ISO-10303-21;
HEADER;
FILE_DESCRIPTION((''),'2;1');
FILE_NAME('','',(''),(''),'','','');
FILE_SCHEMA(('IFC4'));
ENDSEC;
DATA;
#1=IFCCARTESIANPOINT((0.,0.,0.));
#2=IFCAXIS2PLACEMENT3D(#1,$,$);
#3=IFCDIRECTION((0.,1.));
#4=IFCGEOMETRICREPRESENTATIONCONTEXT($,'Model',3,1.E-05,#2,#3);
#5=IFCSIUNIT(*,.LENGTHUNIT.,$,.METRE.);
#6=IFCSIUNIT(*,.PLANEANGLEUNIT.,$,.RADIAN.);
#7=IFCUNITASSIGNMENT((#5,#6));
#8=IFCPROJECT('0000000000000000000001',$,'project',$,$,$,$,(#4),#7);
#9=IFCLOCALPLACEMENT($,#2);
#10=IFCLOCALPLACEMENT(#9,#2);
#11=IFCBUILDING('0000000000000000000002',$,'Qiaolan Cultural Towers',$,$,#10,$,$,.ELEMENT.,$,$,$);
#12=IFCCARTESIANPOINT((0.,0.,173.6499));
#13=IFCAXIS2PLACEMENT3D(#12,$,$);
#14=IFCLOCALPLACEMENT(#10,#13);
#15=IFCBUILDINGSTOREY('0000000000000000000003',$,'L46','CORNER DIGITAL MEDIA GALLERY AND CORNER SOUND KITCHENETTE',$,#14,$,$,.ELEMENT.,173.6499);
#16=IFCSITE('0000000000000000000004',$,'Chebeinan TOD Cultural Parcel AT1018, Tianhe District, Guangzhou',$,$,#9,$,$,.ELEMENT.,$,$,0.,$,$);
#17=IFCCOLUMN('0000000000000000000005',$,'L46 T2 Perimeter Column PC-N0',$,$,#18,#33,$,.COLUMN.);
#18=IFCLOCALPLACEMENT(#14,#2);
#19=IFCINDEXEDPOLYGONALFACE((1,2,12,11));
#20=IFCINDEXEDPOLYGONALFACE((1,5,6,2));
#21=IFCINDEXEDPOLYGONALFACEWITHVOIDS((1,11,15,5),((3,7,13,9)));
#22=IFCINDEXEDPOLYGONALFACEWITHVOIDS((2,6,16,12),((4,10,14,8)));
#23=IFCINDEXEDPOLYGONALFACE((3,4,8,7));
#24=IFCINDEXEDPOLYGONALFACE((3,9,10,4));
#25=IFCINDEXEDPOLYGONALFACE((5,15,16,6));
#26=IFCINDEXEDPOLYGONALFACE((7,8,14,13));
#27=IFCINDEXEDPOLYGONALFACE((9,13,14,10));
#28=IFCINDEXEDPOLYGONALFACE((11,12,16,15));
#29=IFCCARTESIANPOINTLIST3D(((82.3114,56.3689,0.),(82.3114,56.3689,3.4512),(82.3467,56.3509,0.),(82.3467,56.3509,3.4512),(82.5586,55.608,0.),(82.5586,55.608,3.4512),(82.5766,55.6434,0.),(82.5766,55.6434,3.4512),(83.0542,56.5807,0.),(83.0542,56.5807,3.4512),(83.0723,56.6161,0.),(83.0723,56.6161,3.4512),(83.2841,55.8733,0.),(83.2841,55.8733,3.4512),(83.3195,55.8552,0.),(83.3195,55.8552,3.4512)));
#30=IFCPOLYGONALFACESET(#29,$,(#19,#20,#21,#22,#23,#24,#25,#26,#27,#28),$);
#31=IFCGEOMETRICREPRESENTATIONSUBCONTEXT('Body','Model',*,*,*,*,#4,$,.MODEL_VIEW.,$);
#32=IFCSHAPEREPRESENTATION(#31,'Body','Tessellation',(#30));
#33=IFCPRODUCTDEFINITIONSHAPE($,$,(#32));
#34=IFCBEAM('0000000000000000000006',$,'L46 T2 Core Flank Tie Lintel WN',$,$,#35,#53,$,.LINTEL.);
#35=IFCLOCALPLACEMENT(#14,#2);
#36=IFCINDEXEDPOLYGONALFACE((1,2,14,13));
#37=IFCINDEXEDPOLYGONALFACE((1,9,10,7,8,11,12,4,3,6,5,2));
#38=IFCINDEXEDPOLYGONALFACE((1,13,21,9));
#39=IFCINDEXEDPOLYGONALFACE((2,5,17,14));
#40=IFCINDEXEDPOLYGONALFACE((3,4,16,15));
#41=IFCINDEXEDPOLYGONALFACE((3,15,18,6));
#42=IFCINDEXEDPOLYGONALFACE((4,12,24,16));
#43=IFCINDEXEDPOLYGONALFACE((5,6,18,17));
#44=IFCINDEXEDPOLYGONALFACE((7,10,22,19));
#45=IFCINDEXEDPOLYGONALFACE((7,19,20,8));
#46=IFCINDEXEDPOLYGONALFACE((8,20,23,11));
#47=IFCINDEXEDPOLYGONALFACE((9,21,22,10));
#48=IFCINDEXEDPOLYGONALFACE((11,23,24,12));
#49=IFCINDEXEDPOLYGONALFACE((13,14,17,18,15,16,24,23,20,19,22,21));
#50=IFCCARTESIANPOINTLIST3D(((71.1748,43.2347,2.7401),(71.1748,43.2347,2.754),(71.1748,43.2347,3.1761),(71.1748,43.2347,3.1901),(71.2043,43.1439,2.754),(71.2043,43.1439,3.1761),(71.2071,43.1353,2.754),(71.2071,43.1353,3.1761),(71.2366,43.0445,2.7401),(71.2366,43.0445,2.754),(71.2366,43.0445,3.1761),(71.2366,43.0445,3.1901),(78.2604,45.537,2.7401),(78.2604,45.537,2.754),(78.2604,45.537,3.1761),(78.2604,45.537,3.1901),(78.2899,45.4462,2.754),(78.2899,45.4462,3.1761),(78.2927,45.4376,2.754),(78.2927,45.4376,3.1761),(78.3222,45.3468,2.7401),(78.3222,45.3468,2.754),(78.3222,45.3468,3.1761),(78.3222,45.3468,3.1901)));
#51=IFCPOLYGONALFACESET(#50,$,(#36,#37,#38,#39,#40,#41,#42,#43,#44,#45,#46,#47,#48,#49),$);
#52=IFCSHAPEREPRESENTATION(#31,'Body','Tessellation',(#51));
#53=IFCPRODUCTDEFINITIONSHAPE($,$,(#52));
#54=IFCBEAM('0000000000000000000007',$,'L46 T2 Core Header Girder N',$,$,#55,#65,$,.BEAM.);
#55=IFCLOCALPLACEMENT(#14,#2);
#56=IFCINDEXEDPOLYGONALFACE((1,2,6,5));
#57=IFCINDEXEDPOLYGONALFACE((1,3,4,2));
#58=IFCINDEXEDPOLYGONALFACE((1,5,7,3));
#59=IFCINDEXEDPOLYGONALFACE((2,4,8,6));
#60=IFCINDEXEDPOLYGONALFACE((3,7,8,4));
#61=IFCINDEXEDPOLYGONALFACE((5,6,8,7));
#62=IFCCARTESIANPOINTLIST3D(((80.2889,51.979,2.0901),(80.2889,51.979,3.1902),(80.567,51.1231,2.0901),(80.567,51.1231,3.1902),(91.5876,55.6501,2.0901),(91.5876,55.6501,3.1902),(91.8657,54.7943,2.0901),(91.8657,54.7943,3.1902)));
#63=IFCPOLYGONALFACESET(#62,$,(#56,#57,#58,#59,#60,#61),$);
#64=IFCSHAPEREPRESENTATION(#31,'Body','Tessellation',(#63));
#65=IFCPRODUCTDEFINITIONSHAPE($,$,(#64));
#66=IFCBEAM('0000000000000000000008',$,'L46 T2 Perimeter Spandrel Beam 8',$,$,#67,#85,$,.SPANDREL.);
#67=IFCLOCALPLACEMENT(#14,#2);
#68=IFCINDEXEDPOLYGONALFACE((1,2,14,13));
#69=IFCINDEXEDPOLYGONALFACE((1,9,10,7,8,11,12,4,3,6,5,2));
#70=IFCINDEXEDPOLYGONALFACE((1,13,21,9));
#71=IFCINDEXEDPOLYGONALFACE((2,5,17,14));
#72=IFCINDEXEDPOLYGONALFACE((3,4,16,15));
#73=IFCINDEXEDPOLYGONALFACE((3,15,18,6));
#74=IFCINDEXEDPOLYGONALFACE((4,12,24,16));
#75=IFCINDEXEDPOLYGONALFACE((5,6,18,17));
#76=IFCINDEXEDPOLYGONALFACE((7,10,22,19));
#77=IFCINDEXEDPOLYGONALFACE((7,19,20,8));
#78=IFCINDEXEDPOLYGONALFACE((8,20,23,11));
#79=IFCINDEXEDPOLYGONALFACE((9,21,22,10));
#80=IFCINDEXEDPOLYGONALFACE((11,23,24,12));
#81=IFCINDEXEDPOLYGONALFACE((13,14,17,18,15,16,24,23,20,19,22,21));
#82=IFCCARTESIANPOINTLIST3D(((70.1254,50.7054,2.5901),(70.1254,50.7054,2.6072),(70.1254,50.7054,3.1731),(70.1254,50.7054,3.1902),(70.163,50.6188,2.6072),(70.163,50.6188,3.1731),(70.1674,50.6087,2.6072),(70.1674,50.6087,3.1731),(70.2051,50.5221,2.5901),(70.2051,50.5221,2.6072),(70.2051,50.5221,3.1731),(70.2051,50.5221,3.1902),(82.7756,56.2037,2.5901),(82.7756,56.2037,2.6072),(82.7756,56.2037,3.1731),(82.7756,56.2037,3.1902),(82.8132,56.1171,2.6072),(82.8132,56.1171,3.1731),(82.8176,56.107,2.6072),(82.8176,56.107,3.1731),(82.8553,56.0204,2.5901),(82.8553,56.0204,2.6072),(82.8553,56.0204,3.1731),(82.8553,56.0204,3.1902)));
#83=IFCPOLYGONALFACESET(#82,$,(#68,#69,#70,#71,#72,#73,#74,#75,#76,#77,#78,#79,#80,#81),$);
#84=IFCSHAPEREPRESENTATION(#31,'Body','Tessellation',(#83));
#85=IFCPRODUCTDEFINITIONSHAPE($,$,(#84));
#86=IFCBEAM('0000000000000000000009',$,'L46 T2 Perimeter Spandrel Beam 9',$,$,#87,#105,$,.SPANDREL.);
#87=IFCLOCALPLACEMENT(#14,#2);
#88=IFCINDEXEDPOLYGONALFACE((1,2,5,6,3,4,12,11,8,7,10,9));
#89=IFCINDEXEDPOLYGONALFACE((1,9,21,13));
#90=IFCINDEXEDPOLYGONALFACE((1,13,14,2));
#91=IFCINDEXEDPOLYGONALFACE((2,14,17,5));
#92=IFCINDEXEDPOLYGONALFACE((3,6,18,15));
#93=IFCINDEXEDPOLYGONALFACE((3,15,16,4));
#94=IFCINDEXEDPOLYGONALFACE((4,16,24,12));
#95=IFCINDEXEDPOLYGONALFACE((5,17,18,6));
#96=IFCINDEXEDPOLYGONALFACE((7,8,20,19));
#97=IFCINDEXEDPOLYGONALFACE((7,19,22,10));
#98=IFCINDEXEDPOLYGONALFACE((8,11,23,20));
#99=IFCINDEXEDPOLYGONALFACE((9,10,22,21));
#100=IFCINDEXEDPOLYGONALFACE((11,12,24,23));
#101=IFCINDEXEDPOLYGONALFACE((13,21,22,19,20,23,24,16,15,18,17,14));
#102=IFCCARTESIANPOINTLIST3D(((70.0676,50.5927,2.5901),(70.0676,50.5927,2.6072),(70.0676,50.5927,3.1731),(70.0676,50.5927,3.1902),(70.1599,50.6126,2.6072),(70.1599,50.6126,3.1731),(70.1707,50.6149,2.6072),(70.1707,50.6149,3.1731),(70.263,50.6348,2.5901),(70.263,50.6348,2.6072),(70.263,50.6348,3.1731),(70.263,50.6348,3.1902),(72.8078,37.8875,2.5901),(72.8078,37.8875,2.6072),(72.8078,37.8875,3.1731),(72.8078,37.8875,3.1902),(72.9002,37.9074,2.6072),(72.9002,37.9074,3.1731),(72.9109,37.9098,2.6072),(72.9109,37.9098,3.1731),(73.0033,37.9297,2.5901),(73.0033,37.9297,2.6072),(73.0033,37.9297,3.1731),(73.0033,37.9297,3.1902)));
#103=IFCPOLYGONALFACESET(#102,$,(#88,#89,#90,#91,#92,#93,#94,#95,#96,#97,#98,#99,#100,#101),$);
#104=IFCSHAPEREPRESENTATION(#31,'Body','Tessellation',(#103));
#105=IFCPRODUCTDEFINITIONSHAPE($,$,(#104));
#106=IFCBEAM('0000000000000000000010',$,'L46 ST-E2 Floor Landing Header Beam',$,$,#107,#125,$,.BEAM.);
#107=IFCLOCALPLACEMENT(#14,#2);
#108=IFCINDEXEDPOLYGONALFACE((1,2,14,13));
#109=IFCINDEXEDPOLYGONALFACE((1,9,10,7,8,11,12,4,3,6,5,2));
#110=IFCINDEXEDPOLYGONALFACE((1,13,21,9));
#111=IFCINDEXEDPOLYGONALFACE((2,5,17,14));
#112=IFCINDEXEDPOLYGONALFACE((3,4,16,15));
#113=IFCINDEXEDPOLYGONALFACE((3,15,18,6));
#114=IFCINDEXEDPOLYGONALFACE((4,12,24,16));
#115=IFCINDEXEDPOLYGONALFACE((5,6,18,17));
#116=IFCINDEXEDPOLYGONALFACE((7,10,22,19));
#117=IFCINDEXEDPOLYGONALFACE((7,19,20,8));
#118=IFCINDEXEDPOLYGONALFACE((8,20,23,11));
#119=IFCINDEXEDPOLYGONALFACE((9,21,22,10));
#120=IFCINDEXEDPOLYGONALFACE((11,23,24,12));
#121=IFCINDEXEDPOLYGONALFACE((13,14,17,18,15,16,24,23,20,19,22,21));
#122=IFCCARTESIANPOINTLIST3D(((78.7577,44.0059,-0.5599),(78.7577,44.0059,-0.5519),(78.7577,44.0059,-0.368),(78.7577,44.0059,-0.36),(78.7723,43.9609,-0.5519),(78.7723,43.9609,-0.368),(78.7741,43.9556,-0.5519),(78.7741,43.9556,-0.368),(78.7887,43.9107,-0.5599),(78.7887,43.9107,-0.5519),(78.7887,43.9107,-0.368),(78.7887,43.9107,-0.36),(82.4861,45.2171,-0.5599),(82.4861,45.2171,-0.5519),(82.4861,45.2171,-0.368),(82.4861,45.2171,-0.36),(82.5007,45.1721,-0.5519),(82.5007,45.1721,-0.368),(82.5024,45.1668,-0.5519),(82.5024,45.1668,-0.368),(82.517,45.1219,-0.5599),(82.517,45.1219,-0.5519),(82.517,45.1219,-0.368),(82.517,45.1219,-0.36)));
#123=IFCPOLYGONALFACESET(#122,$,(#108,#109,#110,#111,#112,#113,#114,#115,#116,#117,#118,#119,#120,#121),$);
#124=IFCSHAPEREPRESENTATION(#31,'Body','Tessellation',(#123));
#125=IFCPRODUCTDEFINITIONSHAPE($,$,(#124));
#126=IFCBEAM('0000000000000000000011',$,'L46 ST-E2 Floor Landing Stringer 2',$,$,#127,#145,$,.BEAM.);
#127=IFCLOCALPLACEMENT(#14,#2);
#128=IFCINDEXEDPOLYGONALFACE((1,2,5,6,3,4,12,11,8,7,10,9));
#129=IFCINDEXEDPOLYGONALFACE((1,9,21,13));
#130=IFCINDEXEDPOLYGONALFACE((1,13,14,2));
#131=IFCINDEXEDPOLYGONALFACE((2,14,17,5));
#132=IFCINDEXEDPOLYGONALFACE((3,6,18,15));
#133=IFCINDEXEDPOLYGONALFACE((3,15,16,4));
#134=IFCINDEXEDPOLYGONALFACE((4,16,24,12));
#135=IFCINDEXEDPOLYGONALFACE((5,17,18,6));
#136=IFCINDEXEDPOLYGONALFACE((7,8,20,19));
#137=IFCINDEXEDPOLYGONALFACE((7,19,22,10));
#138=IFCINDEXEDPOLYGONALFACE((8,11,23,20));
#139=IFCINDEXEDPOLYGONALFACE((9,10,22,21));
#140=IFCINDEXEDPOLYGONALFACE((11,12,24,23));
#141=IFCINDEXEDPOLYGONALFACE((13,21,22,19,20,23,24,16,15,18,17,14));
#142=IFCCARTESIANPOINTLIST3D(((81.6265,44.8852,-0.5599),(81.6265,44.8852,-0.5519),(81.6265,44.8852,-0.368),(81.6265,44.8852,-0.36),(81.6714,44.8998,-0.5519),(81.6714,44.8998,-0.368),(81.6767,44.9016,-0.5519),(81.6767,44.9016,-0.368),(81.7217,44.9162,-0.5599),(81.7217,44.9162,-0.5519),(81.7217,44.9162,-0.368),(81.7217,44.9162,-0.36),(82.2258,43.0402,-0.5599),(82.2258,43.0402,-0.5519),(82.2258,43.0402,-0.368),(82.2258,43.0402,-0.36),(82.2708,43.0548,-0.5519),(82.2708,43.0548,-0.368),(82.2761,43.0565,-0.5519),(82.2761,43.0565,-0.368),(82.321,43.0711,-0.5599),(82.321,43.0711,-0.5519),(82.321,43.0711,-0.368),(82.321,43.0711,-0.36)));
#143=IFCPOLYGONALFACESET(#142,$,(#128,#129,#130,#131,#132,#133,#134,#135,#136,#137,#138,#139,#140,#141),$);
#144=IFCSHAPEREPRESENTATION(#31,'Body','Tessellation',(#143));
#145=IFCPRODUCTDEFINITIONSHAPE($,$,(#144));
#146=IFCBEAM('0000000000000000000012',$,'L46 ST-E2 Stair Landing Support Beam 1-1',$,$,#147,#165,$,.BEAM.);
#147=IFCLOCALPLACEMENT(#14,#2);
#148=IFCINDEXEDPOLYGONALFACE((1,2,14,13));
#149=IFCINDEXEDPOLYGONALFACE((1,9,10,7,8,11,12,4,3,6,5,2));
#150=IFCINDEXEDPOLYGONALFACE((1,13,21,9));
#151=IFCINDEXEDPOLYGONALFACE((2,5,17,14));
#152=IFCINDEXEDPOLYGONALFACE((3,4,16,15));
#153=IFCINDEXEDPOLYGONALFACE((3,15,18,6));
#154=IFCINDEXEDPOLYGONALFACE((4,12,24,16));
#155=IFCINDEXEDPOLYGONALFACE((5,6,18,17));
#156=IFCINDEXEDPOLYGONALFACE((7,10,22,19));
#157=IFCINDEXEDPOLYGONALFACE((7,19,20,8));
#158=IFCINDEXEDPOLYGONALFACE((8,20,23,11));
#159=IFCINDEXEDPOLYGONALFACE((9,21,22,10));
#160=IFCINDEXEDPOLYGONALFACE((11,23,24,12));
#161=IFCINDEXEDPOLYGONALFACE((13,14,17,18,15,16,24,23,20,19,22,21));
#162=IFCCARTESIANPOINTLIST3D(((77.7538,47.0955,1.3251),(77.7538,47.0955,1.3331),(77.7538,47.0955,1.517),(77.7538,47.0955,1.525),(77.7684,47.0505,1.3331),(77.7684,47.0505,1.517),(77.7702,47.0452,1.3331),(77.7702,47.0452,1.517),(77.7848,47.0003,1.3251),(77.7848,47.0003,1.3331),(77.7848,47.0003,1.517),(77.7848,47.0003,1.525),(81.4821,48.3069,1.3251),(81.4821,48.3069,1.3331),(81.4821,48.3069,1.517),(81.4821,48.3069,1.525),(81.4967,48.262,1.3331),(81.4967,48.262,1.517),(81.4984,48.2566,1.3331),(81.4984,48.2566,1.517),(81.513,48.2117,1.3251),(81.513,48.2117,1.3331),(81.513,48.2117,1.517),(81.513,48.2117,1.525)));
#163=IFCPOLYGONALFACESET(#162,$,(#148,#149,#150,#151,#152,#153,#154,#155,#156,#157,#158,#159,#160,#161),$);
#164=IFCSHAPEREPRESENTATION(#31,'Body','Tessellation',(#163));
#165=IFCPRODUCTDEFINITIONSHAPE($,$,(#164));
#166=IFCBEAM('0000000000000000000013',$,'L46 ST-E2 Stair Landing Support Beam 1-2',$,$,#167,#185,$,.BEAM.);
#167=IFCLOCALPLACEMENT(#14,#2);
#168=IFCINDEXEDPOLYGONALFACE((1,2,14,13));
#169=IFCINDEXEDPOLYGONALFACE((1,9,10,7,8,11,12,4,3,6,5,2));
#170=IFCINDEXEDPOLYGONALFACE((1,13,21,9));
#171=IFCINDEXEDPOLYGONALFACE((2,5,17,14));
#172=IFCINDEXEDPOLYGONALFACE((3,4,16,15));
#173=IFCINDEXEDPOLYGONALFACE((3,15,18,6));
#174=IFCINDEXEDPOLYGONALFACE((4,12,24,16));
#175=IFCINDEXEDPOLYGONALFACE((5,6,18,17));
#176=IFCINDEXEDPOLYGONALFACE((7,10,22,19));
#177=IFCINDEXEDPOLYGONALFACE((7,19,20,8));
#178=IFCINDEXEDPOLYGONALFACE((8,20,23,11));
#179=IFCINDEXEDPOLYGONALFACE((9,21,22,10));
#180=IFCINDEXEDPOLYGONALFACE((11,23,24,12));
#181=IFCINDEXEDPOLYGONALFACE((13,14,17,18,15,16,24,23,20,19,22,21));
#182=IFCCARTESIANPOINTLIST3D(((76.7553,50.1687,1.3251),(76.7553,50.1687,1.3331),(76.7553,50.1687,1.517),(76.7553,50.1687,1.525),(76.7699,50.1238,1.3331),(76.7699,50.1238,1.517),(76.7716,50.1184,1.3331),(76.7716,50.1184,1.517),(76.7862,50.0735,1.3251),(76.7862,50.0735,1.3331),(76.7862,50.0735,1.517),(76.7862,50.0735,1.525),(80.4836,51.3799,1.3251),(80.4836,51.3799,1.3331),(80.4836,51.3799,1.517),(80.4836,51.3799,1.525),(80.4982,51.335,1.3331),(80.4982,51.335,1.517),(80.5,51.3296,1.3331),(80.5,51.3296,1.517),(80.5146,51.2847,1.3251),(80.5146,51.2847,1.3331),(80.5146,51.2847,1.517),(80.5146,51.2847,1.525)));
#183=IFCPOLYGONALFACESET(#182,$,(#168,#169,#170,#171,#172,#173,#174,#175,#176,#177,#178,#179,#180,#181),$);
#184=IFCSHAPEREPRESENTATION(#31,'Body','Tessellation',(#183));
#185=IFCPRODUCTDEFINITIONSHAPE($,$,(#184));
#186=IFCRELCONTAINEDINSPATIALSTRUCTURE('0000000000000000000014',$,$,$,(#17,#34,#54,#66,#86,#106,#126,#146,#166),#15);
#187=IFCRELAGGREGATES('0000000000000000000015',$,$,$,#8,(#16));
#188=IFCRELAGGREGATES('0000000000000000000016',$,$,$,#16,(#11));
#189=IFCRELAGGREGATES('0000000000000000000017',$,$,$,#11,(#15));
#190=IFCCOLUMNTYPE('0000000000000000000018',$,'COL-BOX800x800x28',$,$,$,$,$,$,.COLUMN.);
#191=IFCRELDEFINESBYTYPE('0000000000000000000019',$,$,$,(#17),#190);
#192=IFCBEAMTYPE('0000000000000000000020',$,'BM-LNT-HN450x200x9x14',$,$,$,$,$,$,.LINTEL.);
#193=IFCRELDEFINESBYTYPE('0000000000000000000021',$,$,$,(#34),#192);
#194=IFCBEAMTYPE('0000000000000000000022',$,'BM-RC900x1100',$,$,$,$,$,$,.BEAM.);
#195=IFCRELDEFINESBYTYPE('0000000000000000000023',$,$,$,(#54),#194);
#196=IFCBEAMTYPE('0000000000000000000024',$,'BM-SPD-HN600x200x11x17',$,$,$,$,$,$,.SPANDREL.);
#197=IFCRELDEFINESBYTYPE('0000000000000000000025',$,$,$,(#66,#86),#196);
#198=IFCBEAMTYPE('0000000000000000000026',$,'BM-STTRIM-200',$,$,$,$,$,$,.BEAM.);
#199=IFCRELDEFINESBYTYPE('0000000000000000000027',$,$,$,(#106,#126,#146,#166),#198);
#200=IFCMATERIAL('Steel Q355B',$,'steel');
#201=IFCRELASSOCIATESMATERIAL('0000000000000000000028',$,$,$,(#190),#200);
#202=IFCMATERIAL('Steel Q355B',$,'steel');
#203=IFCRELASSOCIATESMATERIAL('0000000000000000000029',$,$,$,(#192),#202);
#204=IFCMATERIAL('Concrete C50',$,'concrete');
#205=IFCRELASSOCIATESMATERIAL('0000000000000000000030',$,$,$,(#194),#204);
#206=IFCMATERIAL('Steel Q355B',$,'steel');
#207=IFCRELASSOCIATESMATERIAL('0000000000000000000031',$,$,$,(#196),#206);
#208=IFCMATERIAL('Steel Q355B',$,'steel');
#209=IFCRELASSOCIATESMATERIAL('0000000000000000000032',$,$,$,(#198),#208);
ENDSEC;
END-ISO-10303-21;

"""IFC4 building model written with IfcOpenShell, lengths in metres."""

from ifc_helpers import new_model, si_unit, direction, frame, origin, origin_2d, place, context, subcontext, project, spatial, rectangle, hollow_rectangle, i_section, extrude, material, material_profile, profile_set, type_object, element, save


model = new_model("IFC4")

# Units and contexts
model_context = context("Model", 3, precision=1e-05, world=origin(), true_north=direction((0.0, 1.0)))
body_context = subcontext(model_context, "Body", "Model", "MODEL_VIEW")
ifc_project = project(units=[si_unit("LENGTHUNIT", "METRE"), si_unit("PLANEANGLEUNIT", "RADIAN")], contexts=[model_context])

# Site, building, storey
site_placement = place(None, origin())
site = spatial("IfcSite", under=ifc_project, at=site_placement, Name="Chebeinan TOD Cultural Parcel AT1018, Tianhe District, Guangzhou", CompositionType="ELEMENT", RefElevation=0.0)
building_placement = place(site_placement, origin())
building = spatial("IfcBuilding", under=site, at=building_placement, Name="Qiaolan Cultural Towers", CompositionType="ELEMENT")
storey_placement = place(building_placement, frame((0.0, 0.0, 173.6499)))
storey = spatial("IfcBuildingStorey", under=building, at=storey_placement, Name="L46", Description="CORNER DIGITAL MEDIA GALLERY AND CORNER SOUND KITCHENETTE", CompositionType="ELEMENT", Elevation=173.6499)

# Column
ifc_material_1 = material(Name="Steel Q355B", Category="steel")
ifc_material_profile_1 = material_profile(ifc_material_1, hollow_rectangle(XDim=0.8, YDim=0.8, WallThickness=0.0281, at=origin_2d()), Name="BOX800x800x28")
ifc_profile_set_1 = profile_set([ifc_material_profile_1], Name="Steel Q355B")
column_type = type_object("IfcColumnType", Name="COL-BOX800x800x28", PredefinedType="COLUMN", material=ifc_profile_set_1)
column_placement = place(storey_placement, frame((82.8154, 56.1121, 0.0), z_axis=(0.0, 0.0, 1.0), x_axis=(0.951057, 0.309017, 0.0)))
element("IfcColumn", 1, at=column_placement, inside=storey, type_object=column_type, Name="L46 T2 Perimeter Column PC-N0", PredefinedType="COLUMN", context=body_context, shape_type="SweptSolid", body=[
    extrude(hollow_rectangle(XDim=0.8, YDim=0.8, WallThickness=0.0281, at=origin_2d()), origin(), (0.0, 0.0, 1.0), 3.4512),
])

# Beams
ifc_material_2 = material(Name="Steel Q355B", Category="steel")
ifc_material_profile_2 = material_profile(ifc_material_2, i_section(OverallWidth=0.2, OverallDepth=0.45, WebThickness=0.009, FlangeThickness=0.0139, at=origin_2d()), Name="HN450x200x9x14")
ifc_profile_set_2 = profile_set([ifc_material_profile_2], Name="Steel Q355B")
beam_type_1 = type_object("IfcBeamType", Name="BM-LNT-HN450x200x9x14", PredefinedType="LINTEL", material=ifc_profile_set_2)
beam_1_placement = place(storey_placement, frame((78.2913, 45.4419, 2.9651), z_axis=(-0.951055, -0.309022, 0.0), x_axis=(0.309022, -0.951055, 0.0)))
element("IfcBeam", 2, at=beam_1_placement, inside=storey, type_object=beam_type_1, Name="L46 T2 Core Flank Tie Lintel WN", PredefinedType="LINTEL", context=body_context, shape_type="SweptSolid", body=[
    extrude(i_section(OverallWidth=0.2, OverallDepth=0.45, WebThickness=0.009, FlangeThickness=0.0139, at=origin_2d()), origin(), (0.0, 0.0, 1.0), 7.4502),
])
ifc_material_3 = material(Name="Concrete C50", Category="concrete")
ifc_material_profile_3 = material_profile(ifc_material_3, rectangle(XDim=0.8999, YDim=1.1001, at=origin_2d()), Name="RC900x1100")
ifc_profile_set_3 = profile_set([ifc_material_profile_3], Name="Concrete C50")
beam_type_2 = type_object("IfcBeamType", Name="BM-RC900x1100", PredefinedType="BEAM", material=ifc_profile_set_3)
beam_2_placement = place(storey_placement, frame((80.428, 51.551, 2.6401), z_axis=(0.951056, 0.309018, 0.0), x_axis=(-0.309018, 0.951056, 0.0)))
element("IfcBeam", 3, at=beam_2_placement, inside=storey, type_object=beam_type_2, Name="L46 T2 Core Header Girder N", PredefinedType="BEAM", context=body_context, shape_type="SweptSolid", body=[
    extrude(rectangle(XDim=0.8999, YDim=1.1001, at=origin_2d()), origin(), (0.0, 0.0, 1.0), 11.8801),
])
ifc_material_4 = material(Name="Steel Q355B", Category="steel")
ifc_material_profile_4 = material_profile(ifc_material_4, i_section(OverallWidth=0.2, OverallDepth=0.6001, WebThickness=0.011, FlangeThickness=0.0171, at=origin_2d()), Name="HN600x200x11x17")
ifc_profile_set_4 = profile_set([ifc_material_profile_4], Name="Steel Q355B")
beam_type_3 = type_object("IfcBeamType", Name="BM-SPD-HN600x200x11x17", PredefinedType="SPANDREL", material=ifc_profile_set_4)
beam_3_placement = place(storey_placement, frame((82.8154, 56.1121, 2.8901), z_axis=(-0.917117, -0.398618, 0.0), x_axis=(0.398618, -0.917117, 0.0)))
element("IfcBeam", 4, at=beam_3_placement, inside=storey, type_object=beam_type_3, Name="L46 T2 Perimeter Spandrel Beam 8", PredefinedType="SPANDREL", context=body_context, shape_type="SweptSolid", body=[
    extrude(i_section(OverallWidth=0.2, OverallDepth=0.6001, WebThickness=0.011, FlangeThickness=0.0171, at=origin_2d()), origin(), (0.0, 0.0, 1.0), 13.7935),
])
beam_4_placement = place(storey_placement, frame((70.1653, 50.6138, 2.8901), z_axis=(0.210832, -0.977522, 0.0), x_axis=(0.977522, 0.210832, 0.0)))
element("IfcBeam", 5, at=beam_4_placement, inside=storey, type_object=beam_type_3, Name="L46 T2 Perimeter Spandrel Beam 9", PredefinedType="SPANDREL", context=body_context, shape_type="SweptSolid", body=[
    extrude(i_section(OverallWidth=0.2, OverallDepth=0.6001, WebThickness=0.011, FlangeThickness=0.0171, at=origin_2d()), origin(), (0.0, 0.0, 1.0), 12.9973),
])
ifc_material_5 = material(Name="Steel Q355B", Category="steel")
ifc_material_profile_5 = material_profile(ifc_material_5, i_section(OverallWidth=0.1001, OverallDepth=0.2, WebThickness=0.0056, FlangeThickness=0.0081, at=origin_2d()), Name="HN200x100x5.5x8")
ifc_profile_set_5 = profile_set([ifc_material_profile_5], Name="Steel Q355B")
beam_type_4 = type_object("IfcBeamType", Name="BM-STTRIM-200", PredefinedType="BEAM", material=ifc_profile_set_5)
beam_5_placement = place(storey_placement, frame((78.7732, 43.9583, -0.46), z_axis=(0.951072, 0.308969, 0.0), x_axis=(-0.308969, 0.951072, 0.0)))
element("IfcBeam", 6, at=beam_5_placement, inside=storey, type_object=beam_type_4, Name="L46 ST-E2 Floor Landing Header Beam", PredefinedType="BEAM", context=body_context, shape_type="SweptSolid", body=[
    extrude(i_section(OverallWidth=0.1001, OverallDepth=0.2, WebThickness=0.0056, FlangeThickness=0.0081, at=origin_2d()), origin(), (0.0, 0.0, 1.0), 3.9202),
])
beam_6_placement = place(storey_placement, frame((82.2734, 43.0557, -0.46), z_axis=(-0.308969, 0.951072, 0.0), x_axis=(-0.951072, -0.308969, 0.0)))
element("IfcBeam", 7, at=beam_6_placement, inside=storey, type_object=beam_type_4, Name="L46 ST-E2 Floor Landing Stringer 2", PredefinedType="BEAM", context=body_context, shape_type="SweptSolid", body=[
    extrude(i_section(OverallWidth=0.1001, OverallDepth=0.2, WebThickness=0.0056, FlangeThickness=0.0081, at=origin_2d()), origin(), (0.0, 0.0, 1.0), 1.9399),
])
for number, where, z_axis, x_axis, name in (
    (8, (77.7693, 47.0479, 1.425), (0.951054, 0.309026, 0.0), (-0.309026, 0.951054, 0.0), "L46 ST-E2 Stair Landing Support Beam 1-1"),
    (9, (76.7708, 50.1211, 1.425), (0.951072, 0.308969, 0.0), (-0.308969, 0.951072, 0.0), "L46 ST-E2 Stair Landing Support Beam 1-2"),
):
    element("IfcBeam", number, at=place(storey_placement, frame(where, z_axis=z_axis, x_axis=x_axis)), inside=storey, type_object=beam_type_4, Name=name, PredefinedType="BEAM", context=body_context, shape_type="SweptSolid", body=[
        extrude(i_section(OverallWidth=0.1001, OverallDepth=0.2, WebThickness=0.0056, FlangeThickness=0.0081, at=origin_2d()), origin(), (0.0, 0.0, 1.0), 3.9202),
    ])

save(model, "model.ifc")
